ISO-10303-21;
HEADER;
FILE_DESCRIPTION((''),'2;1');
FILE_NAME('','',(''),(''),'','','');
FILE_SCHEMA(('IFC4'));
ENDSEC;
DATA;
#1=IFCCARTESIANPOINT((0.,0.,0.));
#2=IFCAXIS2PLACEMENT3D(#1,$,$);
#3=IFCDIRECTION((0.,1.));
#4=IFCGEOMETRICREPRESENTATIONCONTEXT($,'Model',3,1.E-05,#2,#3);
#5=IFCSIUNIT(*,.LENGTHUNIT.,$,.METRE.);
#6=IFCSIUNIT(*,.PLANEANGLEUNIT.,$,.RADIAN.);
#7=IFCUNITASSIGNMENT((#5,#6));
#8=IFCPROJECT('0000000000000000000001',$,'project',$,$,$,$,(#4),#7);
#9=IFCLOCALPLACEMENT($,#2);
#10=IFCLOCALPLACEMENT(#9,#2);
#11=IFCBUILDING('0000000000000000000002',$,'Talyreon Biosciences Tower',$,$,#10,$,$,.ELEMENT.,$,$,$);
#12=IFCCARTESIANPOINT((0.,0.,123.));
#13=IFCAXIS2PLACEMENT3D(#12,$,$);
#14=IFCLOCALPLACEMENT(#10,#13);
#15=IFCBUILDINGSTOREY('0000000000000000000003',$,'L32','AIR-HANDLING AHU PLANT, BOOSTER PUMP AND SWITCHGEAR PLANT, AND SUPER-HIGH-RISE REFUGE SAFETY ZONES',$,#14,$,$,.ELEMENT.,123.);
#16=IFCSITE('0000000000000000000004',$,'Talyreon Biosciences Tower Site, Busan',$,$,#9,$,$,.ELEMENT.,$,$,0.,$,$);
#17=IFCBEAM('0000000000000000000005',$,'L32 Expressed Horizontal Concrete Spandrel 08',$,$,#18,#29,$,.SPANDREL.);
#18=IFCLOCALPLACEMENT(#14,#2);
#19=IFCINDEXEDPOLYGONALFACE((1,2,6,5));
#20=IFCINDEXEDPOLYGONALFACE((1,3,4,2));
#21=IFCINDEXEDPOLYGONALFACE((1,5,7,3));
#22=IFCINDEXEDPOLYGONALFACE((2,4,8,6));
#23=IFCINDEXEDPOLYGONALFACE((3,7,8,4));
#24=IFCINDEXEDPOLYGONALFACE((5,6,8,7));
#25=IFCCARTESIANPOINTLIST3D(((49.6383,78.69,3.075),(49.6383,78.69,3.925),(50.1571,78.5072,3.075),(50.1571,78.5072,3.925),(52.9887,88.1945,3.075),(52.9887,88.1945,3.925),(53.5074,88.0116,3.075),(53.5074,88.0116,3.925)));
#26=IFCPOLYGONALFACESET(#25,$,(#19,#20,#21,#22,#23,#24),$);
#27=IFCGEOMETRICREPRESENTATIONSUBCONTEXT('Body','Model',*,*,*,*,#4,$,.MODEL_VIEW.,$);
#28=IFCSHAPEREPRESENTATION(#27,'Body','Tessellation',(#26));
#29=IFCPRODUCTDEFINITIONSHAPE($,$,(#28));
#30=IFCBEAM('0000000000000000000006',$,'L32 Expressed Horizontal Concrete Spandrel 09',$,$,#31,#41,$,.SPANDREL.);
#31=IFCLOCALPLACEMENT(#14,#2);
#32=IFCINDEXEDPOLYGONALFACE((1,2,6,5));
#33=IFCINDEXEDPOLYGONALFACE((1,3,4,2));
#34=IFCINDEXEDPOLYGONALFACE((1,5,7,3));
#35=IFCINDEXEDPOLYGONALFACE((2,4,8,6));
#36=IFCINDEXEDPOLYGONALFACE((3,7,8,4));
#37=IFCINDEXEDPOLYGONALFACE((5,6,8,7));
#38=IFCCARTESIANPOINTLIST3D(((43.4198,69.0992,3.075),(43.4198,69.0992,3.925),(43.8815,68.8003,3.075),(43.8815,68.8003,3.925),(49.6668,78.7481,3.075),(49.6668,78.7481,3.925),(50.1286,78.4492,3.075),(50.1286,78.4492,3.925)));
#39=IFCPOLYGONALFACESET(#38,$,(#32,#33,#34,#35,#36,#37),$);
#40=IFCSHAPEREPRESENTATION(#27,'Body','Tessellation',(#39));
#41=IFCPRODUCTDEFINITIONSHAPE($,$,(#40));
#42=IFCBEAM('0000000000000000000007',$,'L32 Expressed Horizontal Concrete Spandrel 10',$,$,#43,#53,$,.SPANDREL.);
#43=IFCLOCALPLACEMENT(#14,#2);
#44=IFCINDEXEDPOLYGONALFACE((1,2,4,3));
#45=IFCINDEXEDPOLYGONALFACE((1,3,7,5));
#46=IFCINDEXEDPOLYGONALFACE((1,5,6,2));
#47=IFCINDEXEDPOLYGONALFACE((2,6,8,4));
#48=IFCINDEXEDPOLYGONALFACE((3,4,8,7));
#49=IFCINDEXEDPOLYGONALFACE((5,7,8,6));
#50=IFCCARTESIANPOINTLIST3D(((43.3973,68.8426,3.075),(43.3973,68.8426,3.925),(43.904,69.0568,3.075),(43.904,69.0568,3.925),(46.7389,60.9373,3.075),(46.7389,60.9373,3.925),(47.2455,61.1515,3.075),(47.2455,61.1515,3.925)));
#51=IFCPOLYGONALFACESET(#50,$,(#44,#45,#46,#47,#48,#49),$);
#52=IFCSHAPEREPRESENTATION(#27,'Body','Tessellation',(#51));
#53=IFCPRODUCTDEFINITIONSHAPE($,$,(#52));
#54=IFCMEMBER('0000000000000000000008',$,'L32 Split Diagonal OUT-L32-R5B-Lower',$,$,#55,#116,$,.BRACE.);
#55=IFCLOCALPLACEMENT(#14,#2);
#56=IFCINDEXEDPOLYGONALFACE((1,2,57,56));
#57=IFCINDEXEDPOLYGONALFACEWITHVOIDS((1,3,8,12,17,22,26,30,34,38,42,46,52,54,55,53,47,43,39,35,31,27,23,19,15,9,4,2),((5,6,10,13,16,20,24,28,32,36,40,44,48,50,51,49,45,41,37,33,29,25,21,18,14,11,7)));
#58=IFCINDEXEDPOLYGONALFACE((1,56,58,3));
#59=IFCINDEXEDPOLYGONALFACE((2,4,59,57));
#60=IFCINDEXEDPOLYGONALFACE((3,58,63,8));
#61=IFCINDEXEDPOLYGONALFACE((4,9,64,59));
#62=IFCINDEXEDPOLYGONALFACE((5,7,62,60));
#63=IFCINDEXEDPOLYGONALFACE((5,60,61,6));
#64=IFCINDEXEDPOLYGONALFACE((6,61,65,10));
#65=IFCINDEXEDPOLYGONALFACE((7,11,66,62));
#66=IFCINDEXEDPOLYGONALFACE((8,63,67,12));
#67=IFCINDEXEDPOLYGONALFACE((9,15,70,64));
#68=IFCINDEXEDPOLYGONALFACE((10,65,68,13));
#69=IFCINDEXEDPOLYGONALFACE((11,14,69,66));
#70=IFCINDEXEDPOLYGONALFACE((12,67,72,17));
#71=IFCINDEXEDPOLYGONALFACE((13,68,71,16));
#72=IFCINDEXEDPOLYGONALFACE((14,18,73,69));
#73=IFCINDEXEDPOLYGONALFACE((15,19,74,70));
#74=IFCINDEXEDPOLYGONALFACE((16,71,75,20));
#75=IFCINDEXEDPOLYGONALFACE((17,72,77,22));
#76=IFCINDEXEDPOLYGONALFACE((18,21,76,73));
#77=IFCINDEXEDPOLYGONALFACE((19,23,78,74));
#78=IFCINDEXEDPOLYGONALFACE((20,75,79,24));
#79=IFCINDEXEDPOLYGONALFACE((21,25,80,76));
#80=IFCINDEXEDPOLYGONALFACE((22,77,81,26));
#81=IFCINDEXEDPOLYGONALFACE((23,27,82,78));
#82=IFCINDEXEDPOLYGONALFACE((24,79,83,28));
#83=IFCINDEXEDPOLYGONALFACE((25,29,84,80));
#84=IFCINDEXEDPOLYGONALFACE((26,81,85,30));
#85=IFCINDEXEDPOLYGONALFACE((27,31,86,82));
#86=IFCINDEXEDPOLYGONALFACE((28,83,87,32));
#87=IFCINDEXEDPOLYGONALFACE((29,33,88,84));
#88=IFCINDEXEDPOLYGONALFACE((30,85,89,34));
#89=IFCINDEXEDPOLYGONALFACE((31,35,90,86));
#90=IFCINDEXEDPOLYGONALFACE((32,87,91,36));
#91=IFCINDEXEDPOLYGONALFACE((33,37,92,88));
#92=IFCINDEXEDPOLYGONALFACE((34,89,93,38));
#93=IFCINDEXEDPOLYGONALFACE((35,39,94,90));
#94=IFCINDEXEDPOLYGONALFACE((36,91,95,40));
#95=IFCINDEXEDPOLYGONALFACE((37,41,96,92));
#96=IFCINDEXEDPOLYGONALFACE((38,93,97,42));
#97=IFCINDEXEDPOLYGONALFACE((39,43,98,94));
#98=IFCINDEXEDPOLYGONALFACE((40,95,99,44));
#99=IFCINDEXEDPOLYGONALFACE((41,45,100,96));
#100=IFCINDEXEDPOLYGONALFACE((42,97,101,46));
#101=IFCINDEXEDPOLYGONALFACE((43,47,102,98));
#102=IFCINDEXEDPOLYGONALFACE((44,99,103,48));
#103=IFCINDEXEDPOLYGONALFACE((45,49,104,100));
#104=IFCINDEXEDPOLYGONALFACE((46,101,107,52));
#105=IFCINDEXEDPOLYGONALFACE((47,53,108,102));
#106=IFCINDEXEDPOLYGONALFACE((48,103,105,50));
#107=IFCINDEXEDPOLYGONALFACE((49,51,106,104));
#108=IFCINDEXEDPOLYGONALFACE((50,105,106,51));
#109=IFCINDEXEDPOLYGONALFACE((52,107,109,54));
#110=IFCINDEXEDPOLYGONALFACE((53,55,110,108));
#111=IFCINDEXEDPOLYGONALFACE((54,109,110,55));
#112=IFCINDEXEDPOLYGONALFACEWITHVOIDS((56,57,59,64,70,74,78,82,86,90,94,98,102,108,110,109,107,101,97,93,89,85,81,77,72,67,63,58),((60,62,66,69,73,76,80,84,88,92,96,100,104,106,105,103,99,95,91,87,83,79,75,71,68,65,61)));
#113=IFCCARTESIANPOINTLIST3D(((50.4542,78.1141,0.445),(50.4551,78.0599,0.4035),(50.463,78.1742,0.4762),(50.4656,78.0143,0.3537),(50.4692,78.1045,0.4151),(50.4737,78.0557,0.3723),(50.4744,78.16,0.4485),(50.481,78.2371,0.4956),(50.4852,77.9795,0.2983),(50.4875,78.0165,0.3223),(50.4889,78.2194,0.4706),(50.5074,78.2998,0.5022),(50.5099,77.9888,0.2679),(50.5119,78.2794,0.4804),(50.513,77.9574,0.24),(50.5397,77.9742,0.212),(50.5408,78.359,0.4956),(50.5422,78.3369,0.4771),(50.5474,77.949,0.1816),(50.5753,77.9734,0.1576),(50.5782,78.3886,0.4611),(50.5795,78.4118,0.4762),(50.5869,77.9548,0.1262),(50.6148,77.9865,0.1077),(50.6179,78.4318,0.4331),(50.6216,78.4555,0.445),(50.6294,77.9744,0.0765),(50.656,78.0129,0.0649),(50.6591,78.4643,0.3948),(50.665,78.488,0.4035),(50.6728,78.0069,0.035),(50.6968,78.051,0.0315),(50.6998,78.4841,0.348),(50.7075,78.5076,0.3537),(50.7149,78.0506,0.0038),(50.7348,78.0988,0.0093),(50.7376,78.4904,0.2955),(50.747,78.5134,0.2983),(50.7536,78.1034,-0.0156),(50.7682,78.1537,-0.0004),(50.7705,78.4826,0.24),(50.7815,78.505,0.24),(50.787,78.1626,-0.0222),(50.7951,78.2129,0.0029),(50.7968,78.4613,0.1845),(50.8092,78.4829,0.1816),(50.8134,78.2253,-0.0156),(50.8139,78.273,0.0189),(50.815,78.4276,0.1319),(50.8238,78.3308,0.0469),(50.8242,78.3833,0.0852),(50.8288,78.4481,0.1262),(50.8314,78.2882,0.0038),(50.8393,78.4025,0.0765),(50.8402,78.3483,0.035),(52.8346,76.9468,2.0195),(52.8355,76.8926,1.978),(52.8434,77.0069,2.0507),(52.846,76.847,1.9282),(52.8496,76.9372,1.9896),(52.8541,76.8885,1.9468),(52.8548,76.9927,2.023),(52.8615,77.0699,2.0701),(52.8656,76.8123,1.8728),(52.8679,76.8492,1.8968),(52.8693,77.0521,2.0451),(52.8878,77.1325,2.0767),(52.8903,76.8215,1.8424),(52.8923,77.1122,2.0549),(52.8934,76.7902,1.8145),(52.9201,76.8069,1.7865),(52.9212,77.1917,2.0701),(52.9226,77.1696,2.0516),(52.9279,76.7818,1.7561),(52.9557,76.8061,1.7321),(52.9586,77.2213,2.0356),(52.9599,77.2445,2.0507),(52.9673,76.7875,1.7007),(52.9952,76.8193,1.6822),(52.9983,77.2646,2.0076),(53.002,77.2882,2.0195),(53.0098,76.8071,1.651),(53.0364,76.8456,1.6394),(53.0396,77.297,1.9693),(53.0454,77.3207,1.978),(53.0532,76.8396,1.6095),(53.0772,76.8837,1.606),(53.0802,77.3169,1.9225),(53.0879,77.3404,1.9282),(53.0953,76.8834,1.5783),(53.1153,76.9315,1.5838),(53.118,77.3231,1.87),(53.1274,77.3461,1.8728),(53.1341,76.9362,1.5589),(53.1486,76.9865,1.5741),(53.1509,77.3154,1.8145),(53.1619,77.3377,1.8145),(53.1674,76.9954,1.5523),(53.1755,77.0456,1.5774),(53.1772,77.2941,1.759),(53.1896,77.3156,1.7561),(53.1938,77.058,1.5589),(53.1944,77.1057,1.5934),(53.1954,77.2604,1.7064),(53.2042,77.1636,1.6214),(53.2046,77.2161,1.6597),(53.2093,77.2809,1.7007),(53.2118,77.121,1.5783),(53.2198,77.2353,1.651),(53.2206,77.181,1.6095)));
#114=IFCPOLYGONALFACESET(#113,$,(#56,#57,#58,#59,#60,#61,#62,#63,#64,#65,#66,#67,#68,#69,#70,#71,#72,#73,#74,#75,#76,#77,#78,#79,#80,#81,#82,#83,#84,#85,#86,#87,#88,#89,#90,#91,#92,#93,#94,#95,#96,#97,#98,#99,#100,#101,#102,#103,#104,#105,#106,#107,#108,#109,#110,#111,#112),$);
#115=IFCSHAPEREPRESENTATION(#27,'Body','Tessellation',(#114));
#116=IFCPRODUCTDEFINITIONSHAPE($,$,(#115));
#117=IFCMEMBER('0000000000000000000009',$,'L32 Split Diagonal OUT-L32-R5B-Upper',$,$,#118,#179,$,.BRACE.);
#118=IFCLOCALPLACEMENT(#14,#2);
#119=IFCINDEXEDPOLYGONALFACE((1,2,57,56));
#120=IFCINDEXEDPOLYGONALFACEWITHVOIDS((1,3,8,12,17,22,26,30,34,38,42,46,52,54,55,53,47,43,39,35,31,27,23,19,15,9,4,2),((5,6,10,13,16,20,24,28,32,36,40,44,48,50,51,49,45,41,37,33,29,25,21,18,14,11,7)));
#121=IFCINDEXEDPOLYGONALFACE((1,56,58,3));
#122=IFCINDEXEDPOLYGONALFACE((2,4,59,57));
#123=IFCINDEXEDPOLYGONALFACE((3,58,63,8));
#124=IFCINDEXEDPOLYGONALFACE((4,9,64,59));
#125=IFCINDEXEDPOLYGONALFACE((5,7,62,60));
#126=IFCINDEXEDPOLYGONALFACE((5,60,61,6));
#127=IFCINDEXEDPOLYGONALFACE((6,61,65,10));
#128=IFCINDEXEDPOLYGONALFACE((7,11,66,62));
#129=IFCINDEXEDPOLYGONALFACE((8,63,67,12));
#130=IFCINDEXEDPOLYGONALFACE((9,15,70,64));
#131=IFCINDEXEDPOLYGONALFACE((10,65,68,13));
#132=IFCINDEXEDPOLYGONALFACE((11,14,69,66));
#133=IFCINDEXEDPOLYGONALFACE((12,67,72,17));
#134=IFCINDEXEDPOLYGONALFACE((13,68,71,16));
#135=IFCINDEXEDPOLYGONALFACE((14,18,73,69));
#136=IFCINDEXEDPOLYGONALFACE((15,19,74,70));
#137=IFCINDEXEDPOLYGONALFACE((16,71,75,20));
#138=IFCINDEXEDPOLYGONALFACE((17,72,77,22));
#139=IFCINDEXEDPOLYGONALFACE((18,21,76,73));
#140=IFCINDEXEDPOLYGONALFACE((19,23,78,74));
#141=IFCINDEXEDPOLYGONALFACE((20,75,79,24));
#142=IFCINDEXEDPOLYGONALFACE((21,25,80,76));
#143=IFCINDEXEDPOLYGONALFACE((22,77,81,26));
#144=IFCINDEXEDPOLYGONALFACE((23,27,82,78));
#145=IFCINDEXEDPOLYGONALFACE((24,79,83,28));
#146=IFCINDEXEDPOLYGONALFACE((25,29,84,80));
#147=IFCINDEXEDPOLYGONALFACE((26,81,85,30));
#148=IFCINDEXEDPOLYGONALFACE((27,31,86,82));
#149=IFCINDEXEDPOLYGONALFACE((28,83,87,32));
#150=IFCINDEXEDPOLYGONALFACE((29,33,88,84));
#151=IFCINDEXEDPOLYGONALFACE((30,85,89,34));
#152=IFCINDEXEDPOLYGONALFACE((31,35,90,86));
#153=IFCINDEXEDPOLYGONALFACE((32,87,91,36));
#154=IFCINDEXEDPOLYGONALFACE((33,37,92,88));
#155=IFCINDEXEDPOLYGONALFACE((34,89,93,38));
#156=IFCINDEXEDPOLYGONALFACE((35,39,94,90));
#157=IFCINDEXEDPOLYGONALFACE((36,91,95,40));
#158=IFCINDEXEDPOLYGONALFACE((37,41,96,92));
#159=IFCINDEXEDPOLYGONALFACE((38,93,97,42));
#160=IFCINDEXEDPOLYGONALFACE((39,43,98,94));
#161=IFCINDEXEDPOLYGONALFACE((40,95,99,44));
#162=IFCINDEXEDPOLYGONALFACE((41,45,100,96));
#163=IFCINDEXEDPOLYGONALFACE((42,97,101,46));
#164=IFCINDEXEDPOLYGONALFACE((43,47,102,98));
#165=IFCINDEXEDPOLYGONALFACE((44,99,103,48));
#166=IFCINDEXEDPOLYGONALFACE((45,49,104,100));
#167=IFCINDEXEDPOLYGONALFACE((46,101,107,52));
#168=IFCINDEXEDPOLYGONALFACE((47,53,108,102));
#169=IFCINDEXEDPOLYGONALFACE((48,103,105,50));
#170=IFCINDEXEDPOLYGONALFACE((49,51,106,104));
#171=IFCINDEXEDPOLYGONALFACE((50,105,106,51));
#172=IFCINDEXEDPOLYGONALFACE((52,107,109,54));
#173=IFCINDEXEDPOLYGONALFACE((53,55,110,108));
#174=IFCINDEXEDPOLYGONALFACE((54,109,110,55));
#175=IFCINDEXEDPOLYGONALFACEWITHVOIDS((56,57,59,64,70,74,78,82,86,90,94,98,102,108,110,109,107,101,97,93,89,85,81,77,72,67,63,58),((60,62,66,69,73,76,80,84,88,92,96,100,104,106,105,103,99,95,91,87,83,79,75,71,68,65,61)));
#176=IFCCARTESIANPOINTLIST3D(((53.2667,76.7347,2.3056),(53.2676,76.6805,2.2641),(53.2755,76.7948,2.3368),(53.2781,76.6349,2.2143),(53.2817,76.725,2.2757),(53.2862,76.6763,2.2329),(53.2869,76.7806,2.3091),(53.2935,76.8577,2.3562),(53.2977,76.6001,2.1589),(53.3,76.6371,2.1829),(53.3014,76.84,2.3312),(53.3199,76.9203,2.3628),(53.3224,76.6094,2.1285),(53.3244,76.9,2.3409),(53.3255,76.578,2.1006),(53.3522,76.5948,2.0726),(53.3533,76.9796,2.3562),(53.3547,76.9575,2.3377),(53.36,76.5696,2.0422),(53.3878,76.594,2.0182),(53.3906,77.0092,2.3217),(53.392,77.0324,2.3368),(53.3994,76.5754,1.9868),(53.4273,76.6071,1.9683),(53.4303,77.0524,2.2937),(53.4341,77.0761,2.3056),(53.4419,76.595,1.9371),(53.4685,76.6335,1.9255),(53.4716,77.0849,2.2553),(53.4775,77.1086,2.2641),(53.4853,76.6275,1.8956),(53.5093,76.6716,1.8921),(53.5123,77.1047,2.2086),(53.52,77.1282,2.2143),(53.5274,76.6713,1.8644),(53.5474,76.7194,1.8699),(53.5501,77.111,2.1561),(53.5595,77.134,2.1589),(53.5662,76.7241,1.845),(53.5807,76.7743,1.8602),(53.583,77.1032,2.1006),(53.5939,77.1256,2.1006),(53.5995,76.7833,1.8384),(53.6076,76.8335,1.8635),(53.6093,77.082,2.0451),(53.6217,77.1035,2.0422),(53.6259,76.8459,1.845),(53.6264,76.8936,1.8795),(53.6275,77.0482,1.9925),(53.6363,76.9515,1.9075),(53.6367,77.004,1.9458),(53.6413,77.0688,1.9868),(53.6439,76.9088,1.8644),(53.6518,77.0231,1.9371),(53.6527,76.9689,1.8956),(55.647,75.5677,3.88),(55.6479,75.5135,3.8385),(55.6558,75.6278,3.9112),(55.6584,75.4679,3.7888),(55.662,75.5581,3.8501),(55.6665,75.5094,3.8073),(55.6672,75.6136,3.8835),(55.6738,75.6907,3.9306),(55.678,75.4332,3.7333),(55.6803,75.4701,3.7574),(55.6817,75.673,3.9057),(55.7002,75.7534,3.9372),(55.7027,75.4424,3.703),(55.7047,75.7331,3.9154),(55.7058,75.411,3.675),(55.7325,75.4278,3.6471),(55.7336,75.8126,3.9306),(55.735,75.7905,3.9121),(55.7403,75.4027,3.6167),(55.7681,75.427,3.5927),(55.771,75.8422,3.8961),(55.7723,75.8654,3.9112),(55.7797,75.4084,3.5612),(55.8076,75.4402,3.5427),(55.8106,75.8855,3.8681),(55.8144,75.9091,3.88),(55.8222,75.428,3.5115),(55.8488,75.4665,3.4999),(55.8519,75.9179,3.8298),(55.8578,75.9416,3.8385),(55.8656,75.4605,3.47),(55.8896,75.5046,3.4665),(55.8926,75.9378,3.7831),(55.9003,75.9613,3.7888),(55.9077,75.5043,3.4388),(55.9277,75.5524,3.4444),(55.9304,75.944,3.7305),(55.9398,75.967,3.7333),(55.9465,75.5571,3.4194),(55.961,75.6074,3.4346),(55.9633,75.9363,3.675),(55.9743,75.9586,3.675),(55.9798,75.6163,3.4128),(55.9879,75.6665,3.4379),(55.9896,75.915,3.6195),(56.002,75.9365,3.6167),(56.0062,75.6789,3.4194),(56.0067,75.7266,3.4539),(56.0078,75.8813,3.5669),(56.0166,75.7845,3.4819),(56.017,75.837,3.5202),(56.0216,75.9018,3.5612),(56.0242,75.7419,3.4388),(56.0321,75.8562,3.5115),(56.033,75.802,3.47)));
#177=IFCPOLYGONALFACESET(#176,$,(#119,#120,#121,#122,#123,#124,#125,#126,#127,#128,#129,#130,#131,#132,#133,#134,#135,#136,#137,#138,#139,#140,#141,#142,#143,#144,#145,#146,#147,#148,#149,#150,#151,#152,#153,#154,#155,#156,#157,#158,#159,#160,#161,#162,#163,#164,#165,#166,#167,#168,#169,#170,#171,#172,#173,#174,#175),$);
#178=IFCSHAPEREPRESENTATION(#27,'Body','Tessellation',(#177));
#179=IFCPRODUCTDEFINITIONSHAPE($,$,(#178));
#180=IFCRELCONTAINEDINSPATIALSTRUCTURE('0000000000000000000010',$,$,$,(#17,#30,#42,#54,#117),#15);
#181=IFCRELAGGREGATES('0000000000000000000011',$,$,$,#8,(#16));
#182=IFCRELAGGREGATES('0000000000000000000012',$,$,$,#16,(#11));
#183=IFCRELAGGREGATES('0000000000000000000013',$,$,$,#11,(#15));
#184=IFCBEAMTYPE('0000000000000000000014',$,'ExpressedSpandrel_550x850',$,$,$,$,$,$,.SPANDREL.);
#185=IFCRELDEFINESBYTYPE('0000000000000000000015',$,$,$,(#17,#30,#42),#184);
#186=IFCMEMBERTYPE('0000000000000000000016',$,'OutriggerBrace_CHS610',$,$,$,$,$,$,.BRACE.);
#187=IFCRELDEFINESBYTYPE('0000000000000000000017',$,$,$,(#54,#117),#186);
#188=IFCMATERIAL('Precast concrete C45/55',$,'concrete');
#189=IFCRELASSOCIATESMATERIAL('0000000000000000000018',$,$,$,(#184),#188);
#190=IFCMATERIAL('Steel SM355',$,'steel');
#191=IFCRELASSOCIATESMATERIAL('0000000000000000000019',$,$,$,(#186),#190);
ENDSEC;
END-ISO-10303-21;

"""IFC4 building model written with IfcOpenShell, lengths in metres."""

from ifc_helpers import new_model, si_unit, direction, frame, origin, origin_2d, place, context, subcontext, project, spatial, rectangle, hollow_circle, extrude, material, material_profile, profile_set, type_object, element, save


model = new_model("IFC4")

# Units and contexts
model_context = context("Model", 3, precision=1e-05, world=origin(), true_north=direction((0.0, 1.0)))
body_context = subcontext(model_context, "Body", "Model", "MODEL_VIEW")
ifc_project = project(units=[si_unit("LENGTHUNIT", "METRE"), si_unit("PLANEANGLEUNIT", "RADIAN")], contexts=[model_context])

# Site, building, storey
site_placement = place(None, origin())
site = spatial("IfcSite", under=ifc_project, at=site_placement, Name="Talyreon Biosciences Tower Site, Busan", CompositionType="ELEMENT", RefElevation=0.0)
building_placement = place(site_placement, origin())
building = spatial("IfcBuilding", under=site, at=building_placement, Name="Talyreon Biosciences Tower", CompositionType="ELEMENT")
storey_placement = place(building_placement, frame((0.0, 0.0, 123.0)))
storey = spatial("IfcBuildingStorey", under=building, at=storey_placement, Name="L32", Description="AIR-HANDLING AHU PLANT, BOOSTER PUMP AND SWITCHGEAR PLANT, AND SUPER-HIGH-RISE REFUGE SAFETY ZONES", CompositionType="ELEMENT", Elevation=123.0)

# Shared definitions
ifc_material_1 = material(Name="Steel SM355", Category="steel")

# Beams
ifc_material_2 = material(Name="Precast concrete C45/55", Category="concrete")
ifc_material_profile_1 = material_profile(ifc_material_2, rectangle(XDim=0.55, YDim=0.8501, at=origin_2d()), Name="RCB 550x850")
ifc_profile_set_1 = profile_set([ifc_material_profile_1], Name="Precast concrete C45/55")
beam_type_1 = type_object("IfcBeamType", Name="ExpressedSpandrel_550x850", PredefinedType="SPANDREL", material=ifc_profile_set_1)
beam_1_placement = place(storey_placement, frame((53.248, 88.103, 3.5), z_axis=(-0.332454, -0.94312, 0.0), x_axis=(0.94312, -0.332454, 0.0)))
element("IfcBeam", 1, at=beam_1_placement, inside=storey, type_object=beam_type_1, Name="L32 Expressed Horizontal Concrete Spandrel 08", PredefinedType="SPANDREL", context=body_context, shape_type="SweptSolid", body=[
    extrude(rectangle(XDim=0.55, YDim=0.8501, at=origin_2d()), origin(), (0.0, 0.0, 1.0), 10.0776),
])
beam_2_placement = place(storey_placement, frame((49.8977, 78.5986, 3.5), z_axis=(-0.543475, -0.839425, 0.0), x_axis=(0.839425, -0.543475, 0.0)))
element("IfcBeam", 2, at=beam_2_placement, inside=storey, type_object=beam_type_1, Name="L32 Expressed Horizontal Concrete Spandrel 09", PredefinedType="SPANDREL", context=body_context, shape_type="SweptSolid", body=[
    extrude(rectangle(XDim=0.55, YDim=0.8501, at=origin_2d()), origin(), (0.0, 0.0, 1.0), 11.4946),
])
beam_3_placement = place(storey_placement, frame((43.6506, 68.9497, 3.5), z_axis=(0.389345, -0.921092, 0.0), x_axis=(0.921092, 0.389345, 0.0)))
element("IfcBeam", 3, at=beam_3_placement, inside=storey, type_object=beam_type_1, Name="L32 Expressed Horizontal Concrete Spandrel 10", PredefinedType="SPANDREL", context=body_context, shape_type="SweptSolid", body=[
    extrude(rectangle(XDim=0.55, YDim=0.8501, at=origin_2d()), origin(), (0.0, 0.0, 1.0), 8.5825),
])

# Members
ifc_material_profile_2 = material_profile(ifc_material_1, hollow_circle(Radius=0.3049, WallThickness=0.0249, at=origin_2d()), Name="CHS 610x25")
ifc_profile_set_2 = profile_set([ifc_material_profile_2], Name="Steel SM355")
member_type_1 = type_object("IfcMemberType", Name="OutriggerBrace_CHS610", PredefinedType="BRACE", material=ifc_profile_set_2)
member_1_placement = place(storey_placement, frame((50.6472, 78.2312, 0.24), z_axis=(0.771988, -0.378551, 0.510621), x_axis=(0.440275, 0.897863, 0.0)))
element("IfcMember", 4, at=member_1_placement, inside=storey, type_object=member_type_1, Name="L32 Split Diagonal OUT-L32-R5B-Lower", PredefinedType="BRACE", context=body_context, shape_type="SweptSolid", body=[
    extrude(hollow_circle(Radius=0.3049, WallThickness=0.0249, at=origin_2d()), origin(), (0.0, 0.0, 1.0), 3.0835),
])
member_2_placement = place(storey_placement, frame((53.4597, 76.8518, 2.1006), z_axis=(0.772011, -0.378483, 0.510636), x_axis=(0.440201, 0.897899, 0.0)))
element("IfcMember", 5, at=member_2_placement, inside=storey, type_object=member_type_1, Name="L32 Split Diagonal OUT-L32-R5B-Upper", PredefinedType="BRACE", context=body_context, shape_type="SweptSolid", body=[
    extrude(hollow_circle(Radius=0.3049, WallThickness=0.0249, at=origin_2d()), origin(), (0.0, 0.0, 1.0), 3.0833),
])

save(model, "model.ifc")
